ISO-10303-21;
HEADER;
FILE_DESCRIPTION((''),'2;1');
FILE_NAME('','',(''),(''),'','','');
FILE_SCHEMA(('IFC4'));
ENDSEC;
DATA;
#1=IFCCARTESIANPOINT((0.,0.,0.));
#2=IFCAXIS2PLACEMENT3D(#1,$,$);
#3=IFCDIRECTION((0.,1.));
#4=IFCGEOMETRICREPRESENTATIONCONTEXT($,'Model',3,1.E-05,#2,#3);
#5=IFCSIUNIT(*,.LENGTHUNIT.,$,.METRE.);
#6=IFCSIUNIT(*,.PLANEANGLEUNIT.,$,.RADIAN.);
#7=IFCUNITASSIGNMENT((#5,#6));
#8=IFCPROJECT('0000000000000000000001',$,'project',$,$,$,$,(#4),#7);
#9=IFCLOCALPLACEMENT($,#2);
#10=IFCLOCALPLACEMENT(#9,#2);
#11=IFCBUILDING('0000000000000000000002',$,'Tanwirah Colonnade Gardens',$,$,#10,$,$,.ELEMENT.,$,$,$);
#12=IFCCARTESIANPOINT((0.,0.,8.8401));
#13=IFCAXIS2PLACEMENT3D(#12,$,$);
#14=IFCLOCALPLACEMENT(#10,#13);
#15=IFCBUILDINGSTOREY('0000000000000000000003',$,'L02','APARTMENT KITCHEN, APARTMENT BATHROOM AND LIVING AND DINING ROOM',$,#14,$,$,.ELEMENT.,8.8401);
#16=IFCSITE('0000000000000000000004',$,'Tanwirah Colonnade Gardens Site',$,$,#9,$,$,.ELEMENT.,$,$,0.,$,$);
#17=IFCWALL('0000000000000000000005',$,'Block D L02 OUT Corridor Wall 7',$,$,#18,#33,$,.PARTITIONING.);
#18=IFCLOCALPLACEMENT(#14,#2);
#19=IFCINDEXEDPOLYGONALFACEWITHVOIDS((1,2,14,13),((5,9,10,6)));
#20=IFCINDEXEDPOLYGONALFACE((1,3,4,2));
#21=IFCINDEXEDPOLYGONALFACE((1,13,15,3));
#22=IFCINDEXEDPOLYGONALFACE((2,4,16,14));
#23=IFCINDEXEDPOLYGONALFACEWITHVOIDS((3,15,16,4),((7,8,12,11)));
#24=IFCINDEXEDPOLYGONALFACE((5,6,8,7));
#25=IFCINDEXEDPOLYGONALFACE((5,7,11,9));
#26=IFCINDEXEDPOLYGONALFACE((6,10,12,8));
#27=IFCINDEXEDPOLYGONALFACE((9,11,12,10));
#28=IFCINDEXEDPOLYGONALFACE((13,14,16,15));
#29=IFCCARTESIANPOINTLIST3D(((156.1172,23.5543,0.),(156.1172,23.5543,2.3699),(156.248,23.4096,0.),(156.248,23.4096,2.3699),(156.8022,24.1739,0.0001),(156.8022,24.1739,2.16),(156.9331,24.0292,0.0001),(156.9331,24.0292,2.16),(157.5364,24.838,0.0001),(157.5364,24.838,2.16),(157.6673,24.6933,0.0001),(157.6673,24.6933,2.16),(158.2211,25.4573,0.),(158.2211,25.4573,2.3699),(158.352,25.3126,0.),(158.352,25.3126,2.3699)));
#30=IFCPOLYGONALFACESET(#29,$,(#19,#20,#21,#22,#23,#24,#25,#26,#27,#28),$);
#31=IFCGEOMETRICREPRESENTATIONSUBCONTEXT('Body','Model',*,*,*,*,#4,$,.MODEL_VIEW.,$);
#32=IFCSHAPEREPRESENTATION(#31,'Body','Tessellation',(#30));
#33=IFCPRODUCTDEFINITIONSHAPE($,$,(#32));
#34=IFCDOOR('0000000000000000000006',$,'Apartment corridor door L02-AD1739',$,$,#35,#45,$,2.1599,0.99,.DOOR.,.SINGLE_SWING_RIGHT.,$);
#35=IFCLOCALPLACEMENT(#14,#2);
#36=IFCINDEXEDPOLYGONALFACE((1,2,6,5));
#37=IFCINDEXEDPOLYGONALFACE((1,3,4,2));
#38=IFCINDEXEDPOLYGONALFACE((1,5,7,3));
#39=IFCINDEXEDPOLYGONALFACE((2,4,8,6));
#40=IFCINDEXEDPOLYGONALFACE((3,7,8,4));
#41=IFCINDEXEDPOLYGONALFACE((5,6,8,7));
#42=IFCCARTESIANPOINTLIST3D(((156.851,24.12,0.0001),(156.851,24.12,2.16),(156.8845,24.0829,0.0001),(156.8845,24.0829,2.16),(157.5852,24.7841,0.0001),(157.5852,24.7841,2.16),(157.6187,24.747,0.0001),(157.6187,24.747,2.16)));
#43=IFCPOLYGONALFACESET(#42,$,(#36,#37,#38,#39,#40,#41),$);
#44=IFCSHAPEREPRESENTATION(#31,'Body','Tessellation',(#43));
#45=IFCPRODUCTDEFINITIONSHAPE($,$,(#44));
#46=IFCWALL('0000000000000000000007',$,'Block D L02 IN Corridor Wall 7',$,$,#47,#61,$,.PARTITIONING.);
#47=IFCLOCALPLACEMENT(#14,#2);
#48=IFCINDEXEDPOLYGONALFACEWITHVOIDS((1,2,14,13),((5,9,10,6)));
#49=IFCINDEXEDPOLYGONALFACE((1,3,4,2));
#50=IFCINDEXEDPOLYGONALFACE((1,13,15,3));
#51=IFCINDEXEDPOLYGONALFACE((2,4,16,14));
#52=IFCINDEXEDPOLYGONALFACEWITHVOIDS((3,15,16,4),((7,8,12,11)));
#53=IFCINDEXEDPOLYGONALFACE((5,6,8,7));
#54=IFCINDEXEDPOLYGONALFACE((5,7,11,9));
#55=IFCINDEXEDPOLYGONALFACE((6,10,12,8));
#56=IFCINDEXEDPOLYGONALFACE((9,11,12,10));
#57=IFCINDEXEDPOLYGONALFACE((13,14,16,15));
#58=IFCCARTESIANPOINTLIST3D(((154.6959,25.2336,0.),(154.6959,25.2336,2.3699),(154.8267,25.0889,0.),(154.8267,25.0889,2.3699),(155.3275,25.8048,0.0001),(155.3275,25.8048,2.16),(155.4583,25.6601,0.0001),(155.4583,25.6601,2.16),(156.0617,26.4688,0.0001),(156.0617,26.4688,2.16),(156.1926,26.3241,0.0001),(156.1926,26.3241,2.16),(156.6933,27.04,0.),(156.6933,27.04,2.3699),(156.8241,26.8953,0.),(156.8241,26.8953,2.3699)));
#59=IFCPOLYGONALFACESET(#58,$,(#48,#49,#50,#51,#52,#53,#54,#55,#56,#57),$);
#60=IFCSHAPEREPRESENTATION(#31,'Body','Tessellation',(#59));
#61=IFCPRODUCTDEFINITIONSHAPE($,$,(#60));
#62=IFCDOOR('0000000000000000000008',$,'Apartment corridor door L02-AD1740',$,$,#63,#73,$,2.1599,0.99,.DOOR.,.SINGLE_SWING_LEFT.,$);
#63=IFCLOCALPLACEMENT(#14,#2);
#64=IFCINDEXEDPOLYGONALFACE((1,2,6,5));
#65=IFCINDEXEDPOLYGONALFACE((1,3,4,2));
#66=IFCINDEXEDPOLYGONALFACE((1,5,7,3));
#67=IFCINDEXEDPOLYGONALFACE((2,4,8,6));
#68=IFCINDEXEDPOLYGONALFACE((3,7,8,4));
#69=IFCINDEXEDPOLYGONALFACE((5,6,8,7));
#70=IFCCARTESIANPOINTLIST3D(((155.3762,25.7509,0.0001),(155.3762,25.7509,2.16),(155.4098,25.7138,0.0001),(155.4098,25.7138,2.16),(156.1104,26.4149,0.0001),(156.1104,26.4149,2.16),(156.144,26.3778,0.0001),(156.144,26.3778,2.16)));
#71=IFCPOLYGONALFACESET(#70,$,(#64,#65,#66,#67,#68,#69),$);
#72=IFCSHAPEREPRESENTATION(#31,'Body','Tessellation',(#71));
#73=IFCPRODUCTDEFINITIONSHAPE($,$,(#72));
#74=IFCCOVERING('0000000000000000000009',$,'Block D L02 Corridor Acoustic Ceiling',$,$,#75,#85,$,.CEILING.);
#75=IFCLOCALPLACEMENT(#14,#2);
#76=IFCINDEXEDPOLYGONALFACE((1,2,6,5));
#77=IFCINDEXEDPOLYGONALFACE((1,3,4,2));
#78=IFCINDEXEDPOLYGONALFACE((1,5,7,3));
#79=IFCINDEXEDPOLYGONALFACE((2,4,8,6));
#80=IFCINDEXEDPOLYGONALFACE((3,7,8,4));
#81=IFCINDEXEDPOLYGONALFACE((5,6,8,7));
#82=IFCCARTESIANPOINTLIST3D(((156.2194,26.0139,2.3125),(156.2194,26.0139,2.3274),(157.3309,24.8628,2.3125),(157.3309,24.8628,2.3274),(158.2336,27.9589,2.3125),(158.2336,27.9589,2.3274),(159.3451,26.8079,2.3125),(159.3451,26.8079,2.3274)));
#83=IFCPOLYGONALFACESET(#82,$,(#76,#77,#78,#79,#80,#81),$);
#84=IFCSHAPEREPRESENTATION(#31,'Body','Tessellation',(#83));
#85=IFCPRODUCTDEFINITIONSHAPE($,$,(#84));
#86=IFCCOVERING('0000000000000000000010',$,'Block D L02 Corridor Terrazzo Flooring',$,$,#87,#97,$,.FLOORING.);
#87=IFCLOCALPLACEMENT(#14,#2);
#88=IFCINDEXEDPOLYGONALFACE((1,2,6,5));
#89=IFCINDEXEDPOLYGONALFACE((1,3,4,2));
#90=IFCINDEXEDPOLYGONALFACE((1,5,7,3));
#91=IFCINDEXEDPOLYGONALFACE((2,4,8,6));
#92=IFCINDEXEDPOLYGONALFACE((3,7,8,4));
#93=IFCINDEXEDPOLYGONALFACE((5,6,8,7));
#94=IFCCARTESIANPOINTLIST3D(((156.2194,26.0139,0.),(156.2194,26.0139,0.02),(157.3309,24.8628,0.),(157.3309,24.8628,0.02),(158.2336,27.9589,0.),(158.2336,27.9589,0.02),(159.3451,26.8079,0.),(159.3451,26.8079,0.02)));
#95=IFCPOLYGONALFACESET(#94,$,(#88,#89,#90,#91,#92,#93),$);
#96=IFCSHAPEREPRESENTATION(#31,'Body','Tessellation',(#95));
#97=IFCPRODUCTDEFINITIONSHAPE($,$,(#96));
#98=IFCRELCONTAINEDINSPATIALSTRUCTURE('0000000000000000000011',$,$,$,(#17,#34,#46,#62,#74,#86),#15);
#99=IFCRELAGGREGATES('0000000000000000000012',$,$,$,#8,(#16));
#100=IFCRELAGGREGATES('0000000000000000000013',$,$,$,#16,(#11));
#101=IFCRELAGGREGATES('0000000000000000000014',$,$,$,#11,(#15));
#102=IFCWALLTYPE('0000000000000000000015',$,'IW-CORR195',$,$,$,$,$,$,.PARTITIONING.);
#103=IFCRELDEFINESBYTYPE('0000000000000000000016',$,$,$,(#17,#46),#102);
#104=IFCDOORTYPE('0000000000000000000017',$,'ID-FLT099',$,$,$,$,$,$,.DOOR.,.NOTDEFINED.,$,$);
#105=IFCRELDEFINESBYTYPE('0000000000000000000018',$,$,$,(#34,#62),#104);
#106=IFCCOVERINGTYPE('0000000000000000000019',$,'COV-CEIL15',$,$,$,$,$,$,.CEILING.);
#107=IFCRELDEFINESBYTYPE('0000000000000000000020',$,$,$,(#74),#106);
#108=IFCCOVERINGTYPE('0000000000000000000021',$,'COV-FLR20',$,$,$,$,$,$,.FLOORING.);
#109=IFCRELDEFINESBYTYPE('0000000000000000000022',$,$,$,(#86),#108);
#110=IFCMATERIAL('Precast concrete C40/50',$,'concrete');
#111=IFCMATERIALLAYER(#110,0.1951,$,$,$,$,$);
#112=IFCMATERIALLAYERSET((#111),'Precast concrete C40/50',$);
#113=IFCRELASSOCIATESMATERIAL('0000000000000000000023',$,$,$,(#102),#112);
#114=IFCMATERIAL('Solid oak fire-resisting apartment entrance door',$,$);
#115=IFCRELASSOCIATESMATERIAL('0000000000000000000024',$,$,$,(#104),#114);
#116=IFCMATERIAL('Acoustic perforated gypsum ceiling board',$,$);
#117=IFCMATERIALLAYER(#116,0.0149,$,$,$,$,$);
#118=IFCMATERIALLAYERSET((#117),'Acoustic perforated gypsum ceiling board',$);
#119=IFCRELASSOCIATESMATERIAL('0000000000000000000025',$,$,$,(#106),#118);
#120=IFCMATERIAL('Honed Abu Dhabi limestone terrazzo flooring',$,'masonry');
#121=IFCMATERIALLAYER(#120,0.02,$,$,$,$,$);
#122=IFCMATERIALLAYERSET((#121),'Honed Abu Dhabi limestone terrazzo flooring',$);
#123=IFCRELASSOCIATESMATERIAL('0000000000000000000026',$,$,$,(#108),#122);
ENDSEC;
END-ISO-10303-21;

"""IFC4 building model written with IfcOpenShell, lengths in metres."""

from ifc_helpers import new_model, si_unit, direction, frame, frame_2d, origin, origin_2d, place, context, subcontext, project, spatial, rectangle, extrude, material, layer, layer_set, type_object, element, fill, save


model = new_model("IFC4")

# Units and contexts
model_context = context("Model", 3, precision=1e-05, world=origin(), true_north=direction((0.0, 1.0)))
body_context = subcontext(model_context, "Body", "Model", "MODEL_VIEW")
ifc_project = project(units=[si_unit("LENGTHUNIT", "METRE"), si_unit("PLANEANGLEUNIT", "RADIAN")], contexts=[model_context])

# Site, building, storey
site_placement = place(None, origin())
site = spatial("IfcSite", under=ifc_project, at=site_placement, Name="Tanwirah Colonnade Gardens Site", CompositionType="ELEMENT", RefElevation=0.0)
building_placement = place(site_placement, origin())
building = spatial("IfcBuilding", under=site, at=building_placement, Name="Tanwirah Colonnade Gardens", CompositionType="ELEMENT")
storey_placement = place(building_placement, frame((0.0, 0.0, 8.8401)))
storey = spatial("IfcBuildingStorey", under=building, at=storey_placement, Name="L02", Description="APARTMENT KITCHEN, APARTMENT BATHROOM AND LIVING AND DINING ROOM", CompositionType="ELEMENT", Elevation=8.8401)

# Shared definitions
ifc_material_1 = material(Name="Precast concrete C40/50", Category="concrete")

# Walls, openings, doors
ifc_layer_1 = layer(ifc_material_1, 0.1951)
ifc_layer_set_1 = layer_set([ifc_layer_1], Name="Precast concrete C40/50")
wall_type_1 = type_object("IfcWallType", Name="IW-CORR195", PredefinedType="PARTITIONING", material=ifc_layer_set_1)
wall_1_placement = place(storey_placement, frame((156.1826, 23.4819, 0.0), z_axis=(0.0, 0.0, 1.0), x_axis=(0.741632, 0.670807, 0.0)))
wall_1 = element("IfcWall", 1, at=wall_1_placement, inside=storey, type_object=wall_type_1, Name="Block D L02 OUT Corridor Wall 7", PredefinedType="PARTITIONING", context=body_context, shape_type="SweptSolid", body=[
    extrude(rectangle(XDim=2.8369, YDim=0.1951, at=frame_2d((1.4185, 0.0))), origin(), (0.0, 0.0, 1.0), 2.3699),
])
opening_1_placement = place(wall_1_placement, frame((0.9236, 0.0, 0.0)))
opening_1 = element("IfcOpeningElement", 2, at=opening_1_placement, cuts=wall_1, PredefinedType="OPENING", context=body_context, shape_type="SweptSolid", body=[
    extrude(rectangle(XDim=0.99, YDim=2.1599, at=frame_2d((0.4951, 1.0801))), frame((0.0, 0.1074, 0.0), z_axis=(0.0, -1.0, 0.0), x_axis=(1.0, 0.0, 0.0)), (0.0, 0.0, 1.0), 0.2151),
])
ifc_material_2 = material(Name="Solid oak fire-resisting apartment entrance door")
door_type_1 = type_object("IfcDoorType", Name="ID-FLT099", OperationType="NOTDEFINED", PredefinedType="DOOR", material=ifc_material_2)
door_1_placement = place(opening_1_placement, origin())
door_1 = element("IfcDoor", 3, at=door_1_placement, inside=storey, type_object=door_type_1, Name="Apartment corridor door L02-AD1739", OperationType="SINGLE_SWING_RIGHT", OverallHeight=2.1599, OverallWidth=0.99, PredefinedType="DOOR", context=body_context, shape_type="SweptSolid", body=[
    extrude(rectangle(XDim=0.99, YDim=2.1599, at=frame_2d((0.4951, 1.0801))), frame((0.0, 0.0249, 0.0), z_axis=(0.0, -1.0, 0.0), x_axis=(1.0, 0.0, 0.0)), (0.0, 0.0, 1.0), 0.05),
])
fill(opening_1, door_1)
wall_2_placement = place(storey_placement, frame((154.7612, 25.1611, 0.0), z_axis=(0.0, 0.0, 1.0), x_axis=(0.741665, 0.670771, 0.0)))
wall_2 = element("IfcWall", 4, at=wall_2_placement, inside=storey, type_object=wall_type_1, Name="Block D L02 IN Corridor Wall 7", PredefinedType="PARTITIONING", context=body_context, shape_type="SweptSolid", body=[
    extrude(rectangle(XDim=2.6931, YDim=0.1951, at=frame_2d((1.3467, 0.0))), origin(), (0.0, 0.0, 1.0), 2.3699),
])
opening_2_placement = place(wall_2_placement, frame((0.8516, 0.0, 0.0)))
opening_2 = element("IfcOpeningElement", 5, at=opening_2_placement, cuts=wall_2, PredefinedType="OPENING", context=body_context, shape_type="SweptSolid", body=[
    extrude(rectangle(XDim=0.99, YDim=2.1599, at=frame_2d((0.4951, 1.0801))), frame((0.0, 0.1074, 0.0), z_axis=(0.0, -1.0, 0.0), x_axis=(1.0, 0.0, 0.0)), (0.0, 0.0, 1.0), 0.2151),
])
door_2_placement = place(opening_2_placement, origin())
door_2 = element("IfcDoor", 6, at=door_2_placement, inside=storey, type_object=door_type_1, Name="Apartment corridor door L02-AD1740", OperationType="SINGLE_SWING_LEFT", OverallHeight=2.1599, OverallWidth=0.99, PredefinedType="DOOR", context=body_context, shape_type="SweptSolid", body=[
    extrude(rectangle(XDim=0.99, YDim=2.1599, at=frame_2d((0.4951, 1.0801))), frame((0.0, 0.0249, 0.0), z_axis=(0.0, -1.0, 0.0), x_axis=(1.0, 0.0, 0.0)), (0.0, 0.0, 1.0), 0.05),
])
fill(opening_2, door_2)

# Coverings
ifc_material_3 = material(Name="Acoustic perforated gypsum ceiling board")
ifc_layer_2 = layer(ifc_material_3, 0.0149)
ifc_layer_set_2 = layer_set([ifc_layer_2], Name="Acoustic perforated gypsum ceiling board")
covering_type_1 = type_object("IfcCoveringType", Name="COV-CEIL15", PredefinedType="CEILING", material=ifc_layer_set_2)
covering_1_placement = place(storey_placement, frame((157.7822, 26.4109, 2.3125), z_axis=(0.0, 0.0, 1.0), x_axis=(0.71934, 0.694658, 0.0)))
element("IfcCovering", 7, at=covering_1_placement, inside=storey, type_object=covering_type_1, Name="Block D L02 Corridor Acoustic Ceiling", PredefinedType="CEILING", context=body_context, shape_type="SweptSolid", body=[
    extrude(rectangle(XDim=2.8, YDim=1.6001, at=origin_2d()), origin(), (0.0, 0.0, 1.0), 0.0149),
])
ifc_material_4 = material(Name="Honed Abu Dhabi limestone terrazzo flooring", Category="masonry")
ifc_layer_3 = layer(ifc_material_4, 0.02)
ifc_layer_set_3 = layer_set([ifc_layer_3], Name="Honed Abu Dhabi limestone terrazzo flooring")
covering_type_2 = type_object("IfcCoveringType", Name="COV-FLR20", PredefinedType="FLOORING", material=ifc_layer_set_3)
covering_2_placement = place(storey_placement, frame((157.7822, 26.4109, 0.0), z_axis=(0.0, 0.0, 1.0), x_axis=(0.71934, 0.694658, 0.0)))
element("IfcCovering", 8, at=covering_2_placement, inside=storey, type_object=covering_type_2, Name="Block D L02 Corridor Terrazzo Flooring", PredefinedType="FLOORING", context=body_context, shape_type="SweptSolid", body=[
    extrude(rectangle(XDim=2.8, YDim=1.6001, at=origin_2d()), origin(), (0.0, 0.0, 1.0), 0.02),
])

save(model, "model.ifc")
